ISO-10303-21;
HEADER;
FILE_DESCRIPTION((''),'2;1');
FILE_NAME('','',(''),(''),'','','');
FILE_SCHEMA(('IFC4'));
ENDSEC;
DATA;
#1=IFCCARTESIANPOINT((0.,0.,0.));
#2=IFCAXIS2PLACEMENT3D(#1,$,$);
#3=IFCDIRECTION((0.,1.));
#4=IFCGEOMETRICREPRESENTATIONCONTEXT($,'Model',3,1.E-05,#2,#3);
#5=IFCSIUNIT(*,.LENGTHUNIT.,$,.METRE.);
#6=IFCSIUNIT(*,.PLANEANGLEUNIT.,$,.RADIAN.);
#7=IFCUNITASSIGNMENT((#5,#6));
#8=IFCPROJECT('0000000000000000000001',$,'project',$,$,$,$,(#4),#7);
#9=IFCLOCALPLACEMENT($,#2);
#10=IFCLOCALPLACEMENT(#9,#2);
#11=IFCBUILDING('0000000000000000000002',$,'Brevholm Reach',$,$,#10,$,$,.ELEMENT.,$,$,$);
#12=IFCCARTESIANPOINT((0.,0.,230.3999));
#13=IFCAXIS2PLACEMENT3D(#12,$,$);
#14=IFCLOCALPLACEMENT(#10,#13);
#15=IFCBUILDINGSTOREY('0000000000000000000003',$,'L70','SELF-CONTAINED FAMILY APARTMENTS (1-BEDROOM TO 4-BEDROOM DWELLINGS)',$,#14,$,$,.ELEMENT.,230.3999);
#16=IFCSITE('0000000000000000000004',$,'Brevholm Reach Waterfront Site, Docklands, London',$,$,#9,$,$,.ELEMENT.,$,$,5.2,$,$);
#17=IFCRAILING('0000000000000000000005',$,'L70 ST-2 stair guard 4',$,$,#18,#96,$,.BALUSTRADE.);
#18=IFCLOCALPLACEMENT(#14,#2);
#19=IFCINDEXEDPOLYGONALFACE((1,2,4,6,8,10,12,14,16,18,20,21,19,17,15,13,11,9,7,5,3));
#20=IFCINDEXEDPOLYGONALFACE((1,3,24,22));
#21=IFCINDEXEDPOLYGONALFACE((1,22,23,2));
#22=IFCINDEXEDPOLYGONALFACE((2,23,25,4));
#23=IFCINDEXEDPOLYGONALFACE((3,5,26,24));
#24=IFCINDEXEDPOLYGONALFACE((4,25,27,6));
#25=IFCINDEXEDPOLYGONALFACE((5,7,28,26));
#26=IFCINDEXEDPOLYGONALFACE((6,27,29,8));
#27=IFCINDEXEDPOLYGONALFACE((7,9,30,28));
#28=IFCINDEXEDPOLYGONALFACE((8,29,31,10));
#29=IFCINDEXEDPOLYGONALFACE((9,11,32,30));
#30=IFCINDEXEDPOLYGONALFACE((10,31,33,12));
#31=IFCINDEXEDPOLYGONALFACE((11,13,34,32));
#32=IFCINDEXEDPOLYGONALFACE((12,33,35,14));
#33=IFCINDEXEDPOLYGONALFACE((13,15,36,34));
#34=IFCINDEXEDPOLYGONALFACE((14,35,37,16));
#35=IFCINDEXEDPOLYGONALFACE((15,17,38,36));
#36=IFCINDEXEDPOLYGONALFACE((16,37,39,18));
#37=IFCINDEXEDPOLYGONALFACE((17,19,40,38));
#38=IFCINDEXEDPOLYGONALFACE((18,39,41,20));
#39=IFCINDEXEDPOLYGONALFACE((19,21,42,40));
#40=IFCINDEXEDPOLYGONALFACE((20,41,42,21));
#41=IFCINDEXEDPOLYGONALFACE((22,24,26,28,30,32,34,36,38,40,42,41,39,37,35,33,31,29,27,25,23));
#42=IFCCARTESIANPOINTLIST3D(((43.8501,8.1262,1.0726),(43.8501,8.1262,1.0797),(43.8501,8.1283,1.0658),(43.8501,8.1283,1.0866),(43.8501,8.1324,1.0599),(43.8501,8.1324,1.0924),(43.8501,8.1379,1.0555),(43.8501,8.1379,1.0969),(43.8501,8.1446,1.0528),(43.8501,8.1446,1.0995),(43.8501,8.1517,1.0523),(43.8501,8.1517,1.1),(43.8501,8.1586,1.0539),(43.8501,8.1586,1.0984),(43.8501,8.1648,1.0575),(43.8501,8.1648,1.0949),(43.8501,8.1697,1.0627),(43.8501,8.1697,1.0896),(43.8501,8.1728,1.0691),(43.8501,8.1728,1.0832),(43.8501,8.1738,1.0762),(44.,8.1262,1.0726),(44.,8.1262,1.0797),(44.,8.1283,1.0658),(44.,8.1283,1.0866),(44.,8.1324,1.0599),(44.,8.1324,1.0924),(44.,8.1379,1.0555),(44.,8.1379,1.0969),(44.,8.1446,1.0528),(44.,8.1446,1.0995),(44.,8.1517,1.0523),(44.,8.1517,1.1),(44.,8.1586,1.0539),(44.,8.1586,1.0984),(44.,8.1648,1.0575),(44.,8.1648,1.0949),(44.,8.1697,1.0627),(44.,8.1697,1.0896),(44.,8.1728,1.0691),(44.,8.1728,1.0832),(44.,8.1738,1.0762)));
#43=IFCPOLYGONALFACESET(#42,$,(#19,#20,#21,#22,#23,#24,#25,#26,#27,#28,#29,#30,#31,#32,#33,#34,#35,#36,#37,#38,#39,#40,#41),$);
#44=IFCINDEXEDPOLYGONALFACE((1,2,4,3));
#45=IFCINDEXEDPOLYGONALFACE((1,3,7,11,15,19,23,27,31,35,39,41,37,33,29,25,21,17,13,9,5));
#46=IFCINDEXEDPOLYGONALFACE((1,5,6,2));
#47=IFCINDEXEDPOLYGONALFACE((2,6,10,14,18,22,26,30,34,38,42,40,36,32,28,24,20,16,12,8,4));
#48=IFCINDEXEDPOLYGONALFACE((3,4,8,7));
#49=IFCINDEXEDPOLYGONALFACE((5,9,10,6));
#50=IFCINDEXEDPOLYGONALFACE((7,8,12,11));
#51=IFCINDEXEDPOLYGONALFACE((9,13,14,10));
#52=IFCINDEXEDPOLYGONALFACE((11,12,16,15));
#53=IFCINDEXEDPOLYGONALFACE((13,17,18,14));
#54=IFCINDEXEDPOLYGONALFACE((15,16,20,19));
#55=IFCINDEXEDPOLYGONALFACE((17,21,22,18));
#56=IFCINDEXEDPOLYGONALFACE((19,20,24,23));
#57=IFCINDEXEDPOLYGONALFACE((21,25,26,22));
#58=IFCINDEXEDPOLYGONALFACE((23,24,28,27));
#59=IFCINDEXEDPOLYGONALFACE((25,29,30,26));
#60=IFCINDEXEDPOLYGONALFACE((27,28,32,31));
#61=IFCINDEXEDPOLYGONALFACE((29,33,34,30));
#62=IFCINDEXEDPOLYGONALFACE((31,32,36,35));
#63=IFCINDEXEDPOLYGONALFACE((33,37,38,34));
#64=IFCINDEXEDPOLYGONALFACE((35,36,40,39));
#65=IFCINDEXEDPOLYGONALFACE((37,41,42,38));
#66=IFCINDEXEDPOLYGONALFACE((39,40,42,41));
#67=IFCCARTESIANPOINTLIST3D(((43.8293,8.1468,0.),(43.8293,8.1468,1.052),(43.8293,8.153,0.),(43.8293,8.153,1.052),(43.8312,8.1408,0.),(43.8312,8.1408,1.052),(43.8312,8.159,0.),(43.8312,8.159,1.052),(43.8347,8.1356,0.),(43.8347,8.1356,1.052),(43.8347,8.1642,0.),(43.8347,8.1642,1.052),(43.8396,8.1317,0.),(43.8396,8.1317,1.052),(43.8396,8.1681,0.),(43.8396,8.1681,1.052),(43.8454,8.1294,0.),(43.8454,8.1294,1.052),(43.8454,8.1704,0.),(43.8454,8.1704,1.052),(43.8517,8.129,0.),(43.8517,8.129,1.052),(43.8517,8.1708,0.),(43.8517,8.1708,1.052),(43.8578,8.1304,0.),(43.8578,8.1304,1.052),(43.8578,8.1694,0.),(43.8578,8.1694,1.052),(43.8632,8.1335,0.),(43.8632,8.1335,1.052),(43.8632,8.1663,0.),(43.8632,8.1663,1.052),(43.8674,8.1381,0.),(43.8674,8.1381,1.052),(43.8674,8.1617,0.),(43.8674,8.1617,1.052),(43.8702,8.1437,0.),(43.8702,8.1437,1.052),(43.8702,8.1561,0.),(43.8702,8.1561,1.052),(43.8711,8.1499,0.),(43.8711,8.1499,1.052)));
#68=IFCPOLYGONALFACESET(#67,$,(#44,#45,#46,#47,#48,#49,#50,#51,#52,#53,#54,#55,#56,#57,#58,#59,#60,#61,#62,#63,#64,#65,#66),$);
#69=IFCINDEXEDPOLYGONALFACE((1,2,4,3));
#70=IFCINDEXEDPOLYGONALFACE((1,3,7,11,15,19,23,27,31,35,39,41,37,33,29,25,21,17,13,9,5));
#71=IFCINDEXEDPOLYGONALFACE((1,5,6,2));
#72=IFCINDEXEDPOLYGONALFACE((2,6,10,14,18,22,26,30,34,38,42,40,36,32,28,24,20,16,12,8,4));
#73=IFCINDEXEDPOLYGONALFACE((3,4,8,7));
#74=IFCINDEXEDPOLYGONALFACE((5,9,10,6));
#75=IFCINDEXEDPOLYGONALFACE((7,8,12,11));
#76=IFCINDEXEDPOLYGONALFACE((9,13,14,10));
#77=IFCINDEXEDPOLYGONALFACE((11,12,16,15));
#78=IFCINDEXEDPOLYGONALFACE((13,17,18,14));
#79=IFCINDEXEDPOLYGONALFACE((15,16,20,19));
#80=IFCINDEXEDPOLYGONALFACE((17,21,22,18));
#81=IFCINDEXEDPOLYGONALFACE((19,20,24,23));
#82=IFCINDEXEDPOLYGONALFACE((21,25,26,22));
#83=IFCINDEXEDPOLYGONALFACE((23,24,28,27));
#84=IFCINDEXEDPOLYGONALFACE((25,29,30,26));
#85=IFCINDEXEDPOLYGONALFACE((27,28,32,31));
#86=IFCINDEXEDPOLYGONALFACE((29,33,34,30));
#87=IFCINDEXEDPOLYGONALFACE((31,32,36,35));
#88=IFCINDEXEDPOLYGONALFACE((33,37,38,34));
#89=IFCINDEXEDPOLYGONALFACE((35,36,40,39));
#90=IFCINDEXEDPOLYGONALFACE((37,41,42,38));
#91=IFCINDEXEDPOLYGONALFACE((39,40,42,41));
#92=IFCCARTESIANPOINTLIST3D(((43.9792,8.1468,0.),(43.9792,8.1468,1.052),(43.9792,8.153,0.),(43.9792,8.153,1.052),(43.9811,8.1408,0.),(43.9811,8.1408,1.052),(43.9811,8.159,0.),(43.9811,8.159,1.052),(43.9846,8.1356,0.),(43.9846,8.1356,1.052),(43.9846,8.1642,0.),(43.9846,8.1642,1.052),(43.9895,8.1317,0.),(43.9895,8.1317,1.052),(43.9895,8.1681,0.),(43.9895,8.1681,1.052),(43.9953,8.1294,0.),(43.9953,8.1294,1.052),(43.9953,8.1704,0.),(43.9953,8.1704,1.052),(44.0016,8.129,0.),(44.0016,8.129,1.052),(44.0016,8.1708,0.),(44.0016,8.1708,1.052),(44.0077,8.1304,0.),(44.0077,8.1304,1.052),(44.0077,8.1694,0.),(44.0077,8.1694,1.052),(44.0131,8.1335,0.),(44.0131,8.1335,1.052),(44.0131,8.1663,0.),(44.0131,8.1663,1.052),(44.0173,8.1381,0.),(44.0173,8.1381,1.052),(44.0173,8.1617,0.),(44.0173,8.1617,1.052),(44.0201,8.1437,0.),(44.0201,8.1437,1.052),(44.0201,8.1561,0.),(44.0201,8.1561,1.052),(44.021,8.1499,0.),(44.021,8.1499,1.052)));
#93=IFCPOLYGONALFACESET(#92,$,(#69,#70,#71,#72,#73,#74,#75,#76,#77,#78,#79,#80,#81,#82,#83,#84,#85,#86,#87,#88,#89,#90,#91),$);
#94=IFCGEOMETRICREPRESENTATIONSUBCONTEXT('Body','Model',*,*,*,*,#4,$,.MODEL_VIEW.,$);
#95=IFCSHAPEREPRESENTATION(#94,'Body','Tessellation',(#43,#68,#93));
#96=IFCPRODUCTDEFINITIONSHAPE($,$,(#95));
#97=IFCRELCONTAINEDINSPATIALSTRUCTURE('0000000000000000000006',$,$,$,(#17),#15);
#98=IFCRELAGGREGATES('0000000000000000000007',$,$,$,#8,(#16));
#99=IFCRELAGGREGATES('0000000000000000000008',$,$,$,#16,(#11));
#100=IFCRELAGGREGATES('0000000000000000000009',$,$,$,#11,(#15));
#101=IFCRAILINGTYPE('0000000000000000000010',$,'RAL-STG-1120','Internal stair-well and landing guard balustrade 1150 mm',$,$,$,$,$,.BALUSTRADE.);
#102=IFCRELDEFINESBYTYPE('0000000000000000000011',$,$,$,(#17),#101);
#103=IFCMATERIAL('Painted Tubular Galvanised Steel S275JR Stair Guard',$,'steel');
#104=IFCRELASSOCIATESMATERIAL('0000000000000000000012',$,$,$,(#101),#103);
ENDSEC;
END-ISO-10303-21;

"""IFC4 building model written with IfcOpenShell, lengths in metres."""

from ifc_helpers import new_model, si_unit, direction, frame, origin, origin_2d, place, context, subcontext, project, spatial, circle, extrude, material, type_object, element, save


model = new_model("IFC4")

# Units and contexts
model_context = context("Model", 3, precision=1e-05, world=origin(), true_north=direction((0.0, 1.0)))
body_context = subcontext(model_context, "Body", "Model", "MODEL_VIEW")
ifc_project = project(units=[si_unit("LENGTHUNIT", "METRE"), si_unit("PLANEANGLEUNIT", "RADIAN")], contexts=[model_context])

# Site, building, storey
site_placement = place(None, origin())
site = spatial("IfcSite", under=ifc_project, at=site_placement, Name="Brevholm Reach Waterfront Site, Docklands, London", CompositionType="ELEMENT", RefElevation=5.2)
building_placement = place(site_placement, origin())
building = spatial("IfcBuilding", under=site, at=building_placement, Name="Brevholm Reach", CompositionType="ELEMENT")
storey_placement = place(building_placement, frame((0.0, 0.0, 230.3999)))
storey = spatial("IfcBuildingStorey", under=building, at=storey_placement, Name="L70", Description="SELF-CONTAINED FAMILY APARTMENTS (1-BEDROOM TO 4-BEDROOM DWELLINGS)", CompositionType="ELEMENT", Elevation=230.3999)

# Railing
ifc_material_1 = material(Name="Painted Tubular Galvanised Steel S275JR Stair Guard", Category="steel")
railing_type_1 = type_object("IfcRailingType", Name="RAL-STG-1120", Description="Internal stair-well and landing guard balustrade 1150 mm", PredefinedType="BALUSTRADE", material=ifc_material_1)
railing_1_placement = place(storey_placement, frame((43.8501, 8.1499, 0.0)))
element("IfcRailing", 1, at=railing_1_placement, inside=storey, type_object=railing_type_1, Name="L70 ST-2 stair guard 4", PredefinedType="BALUSTRADE", context=body_context, shape_type="SweptSolid", body=[
    extrude(circle(Radius=0.0239, at=origin_2d()), frame((0.0, 0.0, 1.0762), z_axis=(1.0, 0.0, 0.0), x_axis=(0.0, 1.0, 0.0)), (0.0, 0.0, 1.0), 0.1499),
    extrude(circle(Radius=0.021, at=origin_2d()), origin(), (0.0, 0.0, 1.0), 1.052),
    extrude(circle(Radius=0.021, at=origin_2d()), frame((0.1499, 0.0, 0.0)), (0.0, 0.0, 1.0), 1.052),
])

save(model, "model.ifc")
